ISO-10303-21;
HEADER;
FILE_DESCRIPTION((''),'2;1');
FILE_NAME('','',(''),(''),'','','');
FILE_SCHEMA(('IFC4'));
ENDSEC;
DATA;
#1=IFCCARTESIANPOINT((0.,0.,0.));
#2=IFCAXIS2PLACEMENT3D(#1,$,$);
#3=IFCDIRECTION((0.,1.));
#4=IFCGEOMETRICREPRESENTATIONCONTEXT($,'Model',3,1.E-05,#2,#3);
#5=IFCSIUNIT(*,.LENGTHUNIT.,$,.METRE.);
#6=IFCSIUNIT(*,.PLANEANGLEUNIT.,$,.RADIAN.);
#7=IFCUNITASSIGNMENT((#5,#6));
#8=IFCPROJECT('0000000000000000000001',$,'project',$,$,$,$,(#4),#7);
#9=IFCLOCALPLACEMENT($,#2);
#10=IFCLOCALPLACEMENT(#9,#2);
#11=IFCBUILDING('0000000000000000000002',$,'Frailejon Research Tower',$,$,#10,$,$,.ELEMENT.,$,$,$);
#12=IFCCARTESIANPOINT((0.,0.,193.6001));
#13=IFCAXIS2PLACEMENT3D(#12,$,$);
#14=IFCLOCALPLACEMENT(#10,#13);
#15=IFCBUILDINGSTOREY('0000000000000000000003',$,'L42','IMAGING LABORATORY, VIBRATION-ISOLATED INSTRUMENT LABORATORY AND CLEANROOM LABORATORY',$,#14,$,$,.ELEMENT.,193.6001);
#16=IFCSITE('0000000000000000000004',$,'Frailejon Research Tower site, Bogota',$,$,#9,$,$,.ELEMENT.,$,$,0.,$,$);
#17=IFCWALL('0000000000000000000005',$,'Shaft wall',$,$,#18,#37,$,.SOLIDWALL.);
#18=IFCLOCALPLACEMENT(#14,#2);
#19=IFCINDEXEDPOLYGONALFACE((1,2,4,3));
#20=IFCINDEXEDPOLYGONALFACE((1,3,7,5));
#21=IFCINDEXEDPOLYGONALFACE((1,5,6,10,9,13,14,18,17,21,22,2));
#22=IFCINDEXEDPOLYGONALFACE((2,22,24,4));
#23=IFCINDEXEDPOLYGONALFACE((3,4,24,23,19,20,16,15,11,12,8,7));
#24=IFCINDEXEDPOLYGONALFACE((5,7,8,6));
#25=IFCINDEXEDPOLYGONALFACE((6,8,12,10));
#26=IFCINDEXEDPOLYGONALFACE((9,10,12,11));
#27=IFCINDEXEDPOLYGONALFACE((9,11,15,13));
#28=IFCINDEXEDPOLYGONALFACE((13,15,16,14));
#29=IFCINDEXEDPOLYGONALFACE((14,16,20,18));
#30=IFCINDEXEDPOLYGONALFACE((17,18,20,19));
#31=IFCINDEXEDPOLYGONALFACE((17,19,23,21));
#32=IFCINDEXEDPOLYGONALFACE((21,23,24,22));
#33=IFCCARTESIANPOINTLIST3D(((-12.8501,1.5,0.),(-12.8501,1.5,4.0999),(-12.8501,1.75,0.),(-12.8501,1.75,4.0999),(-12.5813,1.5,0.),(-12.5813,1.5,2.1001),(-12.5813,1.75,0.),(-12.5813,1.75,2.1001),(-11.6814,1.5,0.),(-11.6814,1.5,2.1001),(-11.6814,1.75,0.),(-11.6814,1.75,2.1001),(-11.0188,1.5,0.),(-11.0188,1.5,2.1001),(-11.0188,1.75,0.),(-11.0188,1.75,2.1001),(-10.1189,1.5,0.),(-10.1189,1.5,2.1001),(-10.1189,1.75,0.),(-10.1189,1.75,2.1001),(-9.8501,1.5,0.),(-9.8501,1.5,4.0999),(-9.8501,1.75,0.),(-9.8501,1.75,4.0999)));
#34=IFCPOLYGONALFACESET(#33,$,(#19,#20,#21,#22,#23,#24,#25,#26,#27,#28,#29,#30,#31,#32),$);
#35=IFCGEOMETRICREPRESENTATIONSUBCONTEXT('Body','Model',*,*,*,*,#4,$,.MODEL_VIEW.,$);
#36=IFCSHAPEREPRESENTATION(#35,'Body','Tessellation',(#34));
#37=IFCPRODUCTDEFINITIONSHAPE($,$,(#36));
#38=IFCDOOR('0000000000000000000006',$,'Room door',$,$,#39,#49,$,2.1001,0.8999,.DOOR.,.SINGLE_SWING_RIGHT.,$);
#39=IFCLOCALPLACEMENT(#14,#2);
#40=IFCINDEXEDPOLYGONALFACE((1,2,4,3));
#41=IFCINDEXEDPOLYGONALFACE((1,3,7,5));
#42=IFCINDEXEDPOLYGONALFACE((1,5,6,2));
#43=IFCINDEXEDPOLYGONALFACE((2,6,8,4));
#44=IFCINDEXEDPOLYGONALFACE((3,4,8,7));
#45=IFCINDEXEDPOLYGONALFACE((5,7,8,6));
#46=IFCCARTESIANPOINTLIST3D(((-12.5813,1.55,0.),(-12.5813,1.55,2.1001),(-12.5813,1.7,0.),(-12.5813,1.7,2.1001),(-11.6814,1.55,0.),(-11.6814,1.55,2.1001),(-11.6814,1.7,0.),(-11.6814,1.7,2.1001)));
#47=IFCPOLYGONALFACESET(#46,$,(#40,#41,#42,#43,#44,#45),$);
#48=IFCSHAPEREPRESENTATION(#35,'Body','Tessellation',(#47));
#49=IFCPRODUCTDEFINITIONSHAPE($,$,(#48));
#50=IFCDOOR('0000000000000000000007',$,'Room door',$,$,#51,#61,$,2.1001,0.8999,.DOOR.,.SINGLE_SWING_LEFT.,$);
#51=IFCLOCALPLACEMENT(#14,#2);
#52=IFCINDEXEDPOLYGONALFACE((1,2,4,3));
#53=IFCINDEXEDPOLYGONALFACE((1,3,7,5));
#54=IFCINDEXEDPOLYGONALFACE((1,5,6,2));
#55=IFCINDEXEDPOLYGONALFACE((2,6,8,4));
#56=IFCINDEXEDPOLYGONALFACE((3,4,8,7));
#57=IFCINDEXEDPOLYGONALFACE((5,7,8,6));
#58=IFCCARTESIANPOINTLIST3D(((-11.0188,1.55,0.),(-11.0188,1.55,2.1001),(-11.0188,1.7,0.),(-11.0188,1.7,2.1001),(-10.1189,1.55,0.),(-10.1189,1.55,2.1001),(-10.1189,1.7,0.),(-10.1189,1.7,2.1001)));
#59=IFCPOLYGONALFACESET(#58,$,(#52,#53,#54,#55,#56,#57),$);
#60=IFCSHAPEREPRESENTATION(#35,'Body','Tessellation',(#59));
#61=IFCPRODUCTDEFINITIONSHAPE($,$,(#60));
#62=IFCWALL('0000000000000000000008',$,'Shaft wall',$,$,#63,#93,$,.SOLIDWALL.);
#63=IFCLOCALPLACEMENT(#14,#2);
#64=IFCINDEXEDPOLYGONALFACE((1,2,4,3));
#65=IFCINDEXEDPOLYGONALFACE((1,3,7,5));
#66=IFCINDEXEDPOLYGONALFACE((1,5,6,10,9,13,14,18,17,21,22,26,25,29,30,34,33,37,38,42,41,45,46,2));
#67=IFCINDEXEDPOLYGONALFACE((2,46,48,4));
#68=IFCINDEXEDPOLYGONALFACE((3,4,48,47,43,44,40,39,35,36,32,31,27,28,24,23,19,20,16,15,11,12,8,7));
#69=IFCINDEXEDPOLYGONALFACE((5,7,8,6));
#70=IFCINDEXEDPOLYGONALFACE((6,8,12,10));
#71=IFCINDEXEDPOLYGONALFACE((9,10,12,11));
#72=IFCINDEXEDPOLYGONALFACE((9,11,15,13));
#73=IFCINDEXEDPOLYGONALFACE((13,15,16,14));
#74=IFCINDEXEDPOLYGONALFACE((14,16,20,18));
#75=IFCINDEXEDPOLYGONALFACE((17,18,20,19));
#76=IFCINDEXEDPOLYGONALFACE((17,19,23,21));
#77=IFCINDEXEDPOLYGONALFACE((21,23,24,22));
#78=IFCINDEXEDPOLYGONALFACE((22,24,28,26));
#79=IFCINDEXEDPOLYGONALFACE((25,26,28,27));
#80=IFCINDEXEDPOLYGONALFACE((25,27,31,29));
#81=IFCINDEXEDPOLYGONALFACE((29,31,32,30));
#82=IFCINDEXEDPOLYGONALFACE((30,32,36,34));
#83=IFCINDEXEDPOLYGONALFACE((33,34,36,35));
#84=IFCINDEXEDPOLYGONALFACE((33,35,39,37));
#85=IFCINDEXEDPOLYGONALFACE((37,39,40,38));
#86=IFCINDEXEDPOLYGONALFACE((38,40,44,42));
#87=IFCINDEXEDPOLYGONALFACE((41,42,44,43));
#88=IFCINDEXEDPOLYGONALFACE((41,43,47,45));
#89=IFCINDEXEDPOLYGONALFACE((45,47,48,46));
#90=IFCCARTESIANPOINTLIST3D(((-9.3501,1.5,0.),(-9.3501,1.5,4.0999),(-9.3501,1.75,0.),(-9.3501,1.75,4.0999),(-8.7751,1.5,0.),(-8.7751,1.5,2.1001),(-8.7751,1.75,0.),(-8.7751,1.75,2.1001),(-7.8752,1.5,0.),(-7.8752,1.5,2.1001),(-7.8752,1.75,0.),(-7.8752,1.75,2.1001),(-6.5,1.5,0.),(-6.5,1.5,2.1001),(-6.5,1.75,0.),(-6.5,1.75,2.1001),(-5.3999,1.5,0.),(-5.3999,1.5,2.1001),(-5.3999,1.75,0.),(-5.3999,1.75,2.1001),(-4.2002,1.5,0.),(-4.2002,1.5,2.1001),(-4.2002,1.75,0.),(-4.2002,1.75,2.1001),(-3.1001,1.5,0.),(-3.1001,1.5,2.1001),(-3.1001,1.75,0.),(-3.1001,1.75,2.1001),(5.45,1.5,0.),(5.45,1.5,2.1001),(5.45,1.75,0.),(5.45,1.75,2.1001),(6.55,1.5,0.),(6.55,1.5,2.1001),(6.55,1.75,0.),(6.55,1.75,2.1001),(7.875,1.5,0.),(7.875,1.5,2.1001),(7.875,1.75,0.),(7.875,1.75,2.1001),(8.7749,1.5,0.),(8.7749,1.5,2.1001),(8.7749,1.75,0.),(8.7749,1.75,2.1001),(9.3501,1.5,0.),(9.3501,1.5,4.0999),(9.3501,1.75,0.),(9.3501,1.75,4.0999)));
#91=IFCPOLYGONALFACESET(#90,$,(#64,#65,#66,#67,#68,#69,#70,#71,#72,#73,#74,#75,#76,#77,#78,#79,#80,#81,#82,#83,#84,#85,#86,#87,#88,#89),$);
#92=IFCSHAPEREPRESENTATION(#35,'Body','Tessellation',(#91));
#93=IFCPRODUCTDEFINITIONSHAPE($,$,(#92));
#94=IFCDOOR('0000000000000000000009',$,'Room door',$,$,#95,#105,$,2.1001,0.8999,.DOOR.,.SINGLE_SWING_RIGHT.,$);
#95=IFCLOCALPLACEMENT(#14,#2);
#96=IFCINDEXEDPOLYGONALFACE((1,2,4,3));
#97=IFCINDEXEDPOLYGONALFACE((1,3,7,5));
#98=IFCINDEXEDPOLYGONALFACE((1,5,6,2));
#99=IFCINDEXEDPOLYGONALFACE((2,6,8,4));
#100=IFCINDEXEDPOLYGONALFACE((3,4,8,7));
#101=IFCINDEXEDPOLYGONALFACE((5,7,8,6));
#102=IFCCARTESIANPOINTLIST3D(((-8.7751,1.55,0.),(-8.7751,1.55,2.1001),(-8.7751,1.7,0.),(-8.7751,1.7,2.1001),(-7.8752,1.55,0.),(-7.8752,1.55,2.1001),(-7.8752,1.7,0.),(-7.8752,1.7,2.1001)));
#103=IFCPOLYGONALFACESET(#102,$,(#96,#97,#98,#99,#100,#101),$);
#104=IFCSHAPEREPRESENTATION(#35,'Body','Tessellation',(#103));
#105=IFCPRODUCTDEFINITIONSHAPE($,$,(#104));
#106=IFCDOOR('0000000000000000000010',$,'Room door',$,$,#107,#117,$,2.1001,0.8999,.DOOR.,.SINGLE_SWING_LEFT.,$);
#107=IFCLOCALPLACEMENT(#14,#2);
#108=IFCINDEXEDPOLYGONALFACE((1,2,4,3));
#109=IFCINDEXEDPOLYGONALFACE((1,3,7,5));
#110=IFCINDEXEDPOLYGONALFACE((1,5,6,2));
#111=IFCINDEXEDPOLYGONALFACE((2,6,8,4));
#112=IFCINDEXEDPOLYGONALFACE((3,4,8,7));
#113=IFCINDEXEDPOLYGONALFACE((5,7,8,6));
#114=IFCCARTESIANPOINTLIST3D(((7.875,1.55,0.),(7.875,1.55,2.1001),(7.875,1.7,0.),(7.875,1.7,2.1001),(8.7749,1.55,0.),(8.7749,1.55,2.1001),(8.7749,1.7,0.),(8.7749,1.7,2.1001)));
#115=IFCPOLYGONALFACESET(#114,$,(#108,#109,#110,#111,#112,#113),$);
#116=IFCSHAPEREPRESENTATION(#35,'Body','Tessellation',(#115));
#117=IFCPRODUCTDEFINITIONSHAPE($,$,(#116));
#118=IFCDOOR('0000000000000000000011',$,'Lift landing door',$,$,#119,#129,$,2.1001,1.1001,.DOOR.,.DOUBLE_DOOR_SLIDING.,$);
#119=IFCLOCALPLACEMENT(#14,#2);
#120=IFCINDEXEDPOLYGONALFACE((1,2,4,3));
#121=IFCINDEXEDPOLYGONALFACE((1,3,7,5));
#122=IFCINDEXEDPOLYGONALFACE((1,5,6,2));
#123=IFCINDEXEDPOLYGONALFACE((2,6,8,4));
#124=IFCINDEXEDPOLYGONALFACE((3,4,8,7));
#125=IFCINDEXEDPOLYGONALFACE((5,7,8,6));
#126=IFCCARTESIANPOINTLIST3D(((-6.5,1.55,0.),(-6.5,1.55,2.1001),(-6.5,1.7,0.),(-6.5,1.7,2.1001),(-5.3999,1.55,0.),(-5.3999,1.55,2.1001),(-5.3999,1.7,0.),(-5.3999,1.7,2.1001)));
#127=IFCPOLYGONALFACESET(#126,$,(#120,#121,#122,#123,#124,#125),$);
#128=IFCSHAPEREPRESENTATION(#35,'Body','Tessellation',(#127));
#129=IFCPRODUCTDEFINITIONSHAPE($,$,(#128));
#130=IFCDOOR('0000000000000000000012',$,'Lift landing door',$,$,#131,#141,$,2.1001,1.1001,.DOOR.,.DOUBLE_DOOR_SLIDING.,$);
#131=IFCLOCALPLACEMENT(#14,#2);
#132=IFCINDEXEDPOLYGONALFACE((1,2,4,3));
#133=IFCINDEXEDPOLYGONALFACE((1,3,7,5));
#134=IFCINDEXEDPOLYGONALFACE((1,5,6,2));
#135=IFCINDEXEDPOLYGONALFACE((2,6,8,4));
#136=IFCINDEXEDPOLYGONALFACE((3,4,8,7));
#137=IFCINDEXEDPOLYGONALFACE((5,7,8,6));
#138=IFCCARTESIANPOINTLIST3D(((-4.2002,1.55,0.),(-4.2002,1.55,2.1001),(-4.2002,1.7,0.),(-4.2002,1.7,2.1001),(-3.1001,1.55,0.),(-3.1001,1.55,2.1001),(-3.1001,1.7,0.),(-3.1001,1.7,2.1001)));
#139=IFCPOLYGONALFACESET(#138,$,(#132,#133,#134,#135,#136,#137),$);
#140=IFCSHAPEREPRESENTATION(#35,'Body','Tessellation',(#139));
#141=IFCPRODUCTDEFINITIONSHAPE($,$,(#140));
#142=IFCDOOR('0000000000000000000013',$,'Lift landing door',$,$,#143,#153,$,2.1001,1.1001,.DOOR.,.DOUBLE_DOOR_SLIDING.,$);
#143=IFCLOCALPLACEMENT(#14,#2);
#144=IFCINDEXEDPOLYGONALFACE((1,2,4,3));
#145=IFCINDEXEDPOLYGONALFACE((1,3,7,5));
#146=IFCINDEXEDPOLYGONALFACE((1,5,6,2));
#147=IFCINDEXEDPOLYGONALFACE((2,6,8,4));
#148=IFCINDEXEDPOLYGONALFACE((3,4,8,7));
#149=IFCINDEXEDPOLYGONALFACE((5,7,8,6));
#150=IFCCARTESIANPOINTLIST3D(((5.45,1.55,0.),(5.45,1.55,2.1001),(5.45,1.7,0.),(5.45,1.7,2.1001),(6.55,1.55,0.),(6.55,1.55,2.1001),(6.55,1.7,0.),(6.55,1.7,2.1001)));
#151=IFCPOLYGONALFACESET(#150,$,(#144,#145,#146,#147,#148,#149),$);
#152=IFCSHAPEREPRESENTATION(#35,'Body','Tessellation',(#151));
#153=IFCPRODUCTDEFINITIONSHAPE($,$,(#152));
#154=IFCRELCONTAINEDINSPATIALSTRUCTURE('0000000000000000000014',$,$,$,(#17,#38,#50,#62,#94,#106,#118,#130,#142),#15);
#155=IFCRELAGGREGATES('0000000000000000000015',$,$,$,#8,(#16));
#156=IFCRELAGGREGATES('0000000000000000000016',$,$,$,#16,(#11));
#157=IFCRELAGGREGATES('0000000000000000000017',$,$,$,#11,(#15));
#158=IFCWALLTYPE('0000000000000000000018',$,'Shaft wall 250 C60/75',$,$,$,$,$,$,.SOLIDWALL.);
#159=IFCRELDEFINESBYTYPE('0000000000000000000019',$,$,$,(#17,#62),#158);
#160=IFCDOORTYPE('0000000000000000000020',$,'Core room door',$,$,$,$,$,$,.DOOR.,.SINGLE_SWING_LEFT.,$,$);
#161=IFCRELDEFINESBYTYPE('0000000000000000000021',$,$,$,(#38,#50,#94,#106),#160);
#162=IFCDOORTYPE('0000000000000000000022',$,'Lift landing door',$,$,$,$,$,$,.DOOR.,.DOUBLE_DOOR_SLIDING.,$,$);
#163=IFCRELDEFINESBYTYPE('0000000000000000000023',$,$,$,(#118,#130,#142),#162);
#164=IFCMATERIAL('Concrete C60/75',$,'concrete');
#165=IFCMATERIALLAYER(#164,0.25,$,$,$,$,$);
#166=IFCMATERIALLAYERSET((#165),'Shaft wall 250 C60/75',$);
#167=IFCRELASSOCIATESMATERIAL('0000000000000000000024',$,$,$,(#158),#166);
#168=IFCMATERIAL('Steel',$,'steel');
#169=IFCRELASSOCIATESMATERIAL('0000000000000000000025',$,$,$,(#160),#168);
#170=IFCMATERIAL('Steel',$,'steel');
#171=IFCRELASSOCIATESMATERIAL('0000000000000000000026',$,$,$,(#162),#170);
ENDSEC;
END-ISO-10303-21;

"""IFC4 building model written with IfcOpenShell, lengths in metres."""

from ifc_helpers import new_model, si_unit, direction, frame, frame_2d, origin, place, context, subcontext, project, spatial, rectangle, extrude, material, layer, layer_set, type_object, element, fill, save


model = new_model("IFC4")

# Units and contexts
model_context = context("Model", 3, precision=1e-05, world=origin(), true_north=direction((0.0, 1.0)))
body_context = subcontext(model_context, "Body", "Model", "MODEL_VIEW")
ifc_project = project(units=[si_unit("LENGTHUNIT", "METRE"), si_unit("PLANEANGLEUNIT", "RADIAN")], contexts=[model_context])

# Site, building, storey
site_placement = place(None, origin())
site = spatial("IfcSite", under=ifc_project, at=site_placement, Name="Frailejon Research Tower site, Bogota", CompositionType="ELEMENT", RefElevation=0.0)
building_placement = place(site_placement, origin())
building = spatial("IfcBuilding", under=site, at=building_placement, Name="Frailejon Research Tower", CompositionType="ELEMENT")
storey_placement = place(building_placement, frame((0.0, 0.0, 193.6001)))
storey = spatial("IfcBuildingStorey", under=building, at=storey_placement, Name="L42", Description="IMAGING LABORATORY, VIBRATION-ISOLATED INSTRUMENT LABORATORY AND CLEANROOM LABORATORY", CompositionType="ELEMENT", Elevation=193.6001)

# Walls, openings, doors
ifc_material_1 = material(Name="Concrete C60/75", Category="concrete")
ifc_layer = layer(ifc_material_1, 0.25)
ifc_layer_set = layer_set([ifc_layer], Name="Shaft wall 250 C60/75")
wall_type = type_object("IfcWallType", Name="Shaft wall 250 C60/75", PredefinedType="SOLIDWALL", material=ifc_layer_set)
wall_1_placement = place(storey_placement, frame((-12.8501, 1.625, 0.0), z_axis=(0.0, 0.0, 1.0), x_axis=(1.0, 0.0, 0.0)))
wall_1 = element("IfcWall", 1, at=wall_1_placement, inside=storey, type_object=wall_type, Name="Shaft wall", PredefinedType="SOLIDWALL", context=body_context, shape_type="SweptSolid", body=[
    extrude(rectangle(XDim=3.0, YDim=0.25, at=frame_2d((1.5, 0.0))), origin(), (0.0, 0.0, 1.0), 4.0999),
])
opening_1_placement = place(wall_1_placement, frame((0.2688, 0.0, 0.0)))
opening_1 = element("IfcOpeningElement", 2, at=opening_1_placement, cuts=wall_1, PredefinedType="OPENING", context=body_context, shape_type="SweptSolid", body=[
    extrude(rectangle(XDim=0.8999, YDim=2.1001, at=frame_2d((0.45, 1.05))), frame((0.0, 0.135, 0.0), z_axis=(0.0, -1.0, 0.0), x_axis=(1.0, 0.0, 0.0)), (0.0, 0.0, 1.0), 0.27),
])
opening_2_placement = place(wall_1_placement, frame((1.8313, 0.0, 0.0)))
opening_2 = element("IfcOpeningElement", 3, at=opening_2_placement, cuts=wall_1, PredefinedType="OPENING", context=body_context, shape_type="SweptSolid", body=[
    extrude(rectangle(XDim=0.8999, YDim=2.1001, at=frame_2d((0.45, 1.05))), frame((0.0, 0.135, 0.0), z_axis=(0.0, -1.0, 0.0), x_axis=(1.0, 0.0, 0.0)), (0.0, 0.0, 1.0), 0.27),
])
ifc_material_2 = material(Name="Steel", Category="steel")
door_type_1 = type_object("IfcDoorType", Name="Core room door", OperationType="SINGLE_SWING_LEFT", PredefinedType="DOOR", material=ifc_material_2)
door_1_placement = place(opening_1_placement, origin())
door_1 = element("IfcDoor", 4, at=door_1_placement, inside=storey, type_object=door_type_1, Name="Room door", OperationType="SINGLE_SWING_RIGHT", OverallHeight=2.1001, OverallWidth=0.8999, PredefinedType="DOOR", context=body_context, shape_type="SweptSolid", body=[
    extrude(rectangle(XDim=0.8999, YDim=2.1001, at=frame_2d((0.45, 1.05))), frame((0.0, 0.075, 0.0), z_axis=(0.0, -1.0, 0.0), x_axis=(1.0, 0.0, 0.0)), (0.0, 0.0, 1.0), 0.1499),
])
fill(opening_1, door_1)
door_2_placement = place(opening_2_placement, origin())
door_2 = element("IfcDoor", 5, at=door_2_placement, inside=storey, type_object=door_type_1, Name="Room door", OperationType="SINGLE_SWING_LEFT", OverallHeight=2.1001, OverallWidth=0.8999, PredefinedType="DOOR", context=body_context, shape_type="SweptSolid", body=[
    extrude(rectangle(XDim=0.8999, YDim=2.1001, at=frame_2d((0.45, 1.05))), frame((0.0, 0.075, 0.0), z_axis=(0.0, -1.0, 0.0), x_axis=(1.0, 0.0, 0.0)), (0.0, 0.0, 1.0), 0.1499),
])
fill(opening_2, door_2)
wall_2_placement = place(storey_placement, frame((-9.3501, 1.625, 0.0), z_axis=(0.0, 0.0, 1.0), x_axis=(1.0, 0.0, 0.0)))
wall_2 = element("IfcWall", 6, at=wall_2_placement, inside=storey, type_object=wall_type, Name="Shaft wall", PredefinedType="SOLIDWALL", context=body_context, shape_type="SweptSolid", body=[
    extrude(rectangle(XDim=18.7002, YDim=0.25, at=frame_2d((9.3501, 0.0))), origin(), (0.0, 0.0, 1.0), 4.0999),
])
opening_3_placement = place(wall_2_placement, frame((2.8501, 0.0, 0.0)))
opening_3 = element("IfcOpeningElement", 7, at=opening_3_placement, cuts=wall_2, PredefinedType="OPENING", context=body_context, shape_type="SweptSolid", body=[
    extrude(rectangle(XDim=1.1001, YDim=2.1001, at=frame_2d((0.55, 1.05))), frame((0.0, 0.135, 0.0), z_axis=(0.0, -1.0, 0.0), x_axis=(1.0, 0.0, 0.0)), (0.0, 0.0, 1.0), 0.27),
])
opening_4_placement = place(wall_2_placement, frame((5.1499, 0.0, 0.0)))
opening_4 = element("IfcOpeningElement", 8, at=opening_4_placement, cuts=wall_2, PredefinedType="OPENING", context=body_context, shape_type="SweptSolid", body=[
    extrude(rectangle(XDim=1.1001, YDim=2.1001, at=frame_2d((0.55, 1.05))), frame((0.0, 0.135, 0.0), z_axis=(0.0, -1.0, 0.0), x_axis=(1.0, 0.0, 0.0)), (0.0, 0.0, 1.0), 0.27),
])
opening_5_placement = place(wall_2_placement, frame((14.8, 0.0, 0.0)))
opening_5 = element("IfcOpeningElement", 9, at=opening_5_placement, cuts=wall_2, PredefinedType="OPENING", context=body_context, shape_type="SweptSolid", body=[
    extrude(rectangle(XDim=1.1001, YDim=2.1001, at=frame_2d((0.55, 1.05))), frame((0.0, 0.135, 0.0), z_axis=(0.0, -1.0, 0.0), x_axis=(1.0, 0.0, 0.0)), (0.0, 0.0, 1.0), 0.27),
])
opening_6_placement = place(wall_2_placement, frame((0.575, 0.0, 0.0)))
opening_6 = element("IfcOpeningElement", 10, at=opening_6_placement, cuts=wall_2, PredefinedType="OPENING", context=body_context, shape_type="SweptSolid", body=[
    extrude(rectangle(XDim=0.8999, YDim=2.1001, at=frame_2d((0.45, 1.05))), frame((0.0, 0.135, 0.0), z_axis=(0.0, -1.0, 0.0), x_axis=(1.0, 0.0, 0.0)), (0.0, 0.0, 1.0), 0.27),
])
opening_7_placement = place(wall_2_placement, frame((17.2251, 0.0, 0.0)))
opening_7 = element("IfcOpeningElement", 11, at=opening_7_placement, cuts=wall_2, PredefinedType="OPENING", context=body_context, shape_type="SweptSolid", body=[
    extrude(rectangle(XDim=0.8999, YDim=2.1001, at=frame_2d((0.45, 1.05))), frame((0.0, 0.135, 0.0), z_axis=(0.0, -1.0, 0.0), x_axis=(1.0, 0.0, 0.0)), (0.0, 0.0, 1.0), 0.27),
])
door_3_placement = place(opening_6_placement, origin())
door_3 = element("IfcDoor", 12, at=door_3_placement, inside=storey, type_object=door_type_1, Name="Room door", OperationType="SINGLE_SWING_RIGHT", OverallHeight=2.1001, OverallWidth=0.8999, PredefinedType="DOOR", context=body_context, shape_type="SweptSolid", body=[
    extrude(rectangle(XDim=0.8999, YDim=2.1001, at=frame_2d((0.45, 1.05))), frame((0.0, 0.075, 0.0), z_axis=(0.0, -1.0, 0.0), x_axis=(1.0, 0.0, 0.0)), (0.0, 0.0, 1.0), 0.1499),
])
fill(opening_6, door_3)
door_4_placement = place(opening_7_placement, origin())
door_4 = element("IfcDoor", 13, at=door_4_placement, inside=storey, type_object=door_type_1, Name="Room door", OperationType="SINGLE_SWING_LEFT", OverallHeight=2.1001, OverallWidth=0.8999, PredefinedType="DOOR", context=body_context, shape_type="SweptSolid", body=[
    extrude(rectangle(XDim=0.8999, YDim=2.1001, at=frame_2d((0.45, 1.05))), frame((0.0, 0.075, 0.0), z_axis=(0.0, -1.0, 0.0), x_axis=(1.0, 0.0, 0.0)), (0.0, 0.0, 1.0), 0.1499),
])
fill(opening_7, door_4)
ifc_material_3 = material(Name="Steel", Category="steel")
door_type_2 = type_object("IfcDoorType", Name="Lift landing door", OperationType="DOUBLE_DOOR_SLIDING", PredefinedType="DOOR", material=ifc_material_3)
door_5_placement = place(opening_3_placement, origin())
door_5 = element("IfcDoor", 14, at=door_5_placement, inside=storey, type_object=door_type_2, Name="Lift landing door", OperationType="DOUBLE_DOOR_SLIDING", OverallHeight=2.1001, OverallWidth=1.1001, PredefinedType="DOOR", context=body_context, shape_type="SweptSolid", body=[
    extrude(rectangle(XDim=1.1001, YDim=2.1001, at=frame_2d((0.55, 1.05))), frame((0.0, 0.075, 0.0), z_axis=(0.0, -1.0, 0.0), x_axis=(1.0, 0.0, 0.0)), (0.0, 0.0, 1.0), 0.1499),
])
fill(opening_3, door_5)
door_6_placement = place(opening_4_placement, origin())
door_6 = element("IfcDoor", 15, at=door_6_placement, inside=storey, type_object=door_type_2, Name="Lift landing door", OperationType="DOUBLE_DOOR_SLIDING", OverallHeight=2.1001, OverallWidth=1.1001, PredefinedType="DOOR", context=body_context, shape_type="SweptSolid", body=[
    extrude(rectangle(XDim=1.1001, YDim=2.1001, at=frame_2d((0.55, 1.05))), frame((0.0, 0.075, 0.0), z_axis=(0.0, -1.0, 0.0), x_axis=(1.0, 0.0, 0.0)), (0.0, 0.0, 1.0), 0.1499),
])
fill(opening_4, door_6)
door_7_placement = place(opening_5_placement, origin())
door_7 = element("IfcDoor", 16, at=door_7_placement, inside=storey, type_object=door_type_2, Name="Lift landing door", OperationType="DOUBLE_DOOR_SLIDING", OverallHeight=2.1001, OverallWidth=1.1001, PredefinedType="DOOR", context=body_context, shape_type="SweptSolid", body=[
    extrude(rectangle(XDim=1.1001, YDim=2.1001, at=frame_2d((0.55, 1.05))), frame((0.0, 0.075, 0.0), z_axis=(0.0, -1.0, 0.0), x_axis=(1.0, 0.0, 0.0)), (0.0, 0.0, 1.0), 0.1499),
])
fill(opening_5, door_7)

save(model, "model.ifc")
